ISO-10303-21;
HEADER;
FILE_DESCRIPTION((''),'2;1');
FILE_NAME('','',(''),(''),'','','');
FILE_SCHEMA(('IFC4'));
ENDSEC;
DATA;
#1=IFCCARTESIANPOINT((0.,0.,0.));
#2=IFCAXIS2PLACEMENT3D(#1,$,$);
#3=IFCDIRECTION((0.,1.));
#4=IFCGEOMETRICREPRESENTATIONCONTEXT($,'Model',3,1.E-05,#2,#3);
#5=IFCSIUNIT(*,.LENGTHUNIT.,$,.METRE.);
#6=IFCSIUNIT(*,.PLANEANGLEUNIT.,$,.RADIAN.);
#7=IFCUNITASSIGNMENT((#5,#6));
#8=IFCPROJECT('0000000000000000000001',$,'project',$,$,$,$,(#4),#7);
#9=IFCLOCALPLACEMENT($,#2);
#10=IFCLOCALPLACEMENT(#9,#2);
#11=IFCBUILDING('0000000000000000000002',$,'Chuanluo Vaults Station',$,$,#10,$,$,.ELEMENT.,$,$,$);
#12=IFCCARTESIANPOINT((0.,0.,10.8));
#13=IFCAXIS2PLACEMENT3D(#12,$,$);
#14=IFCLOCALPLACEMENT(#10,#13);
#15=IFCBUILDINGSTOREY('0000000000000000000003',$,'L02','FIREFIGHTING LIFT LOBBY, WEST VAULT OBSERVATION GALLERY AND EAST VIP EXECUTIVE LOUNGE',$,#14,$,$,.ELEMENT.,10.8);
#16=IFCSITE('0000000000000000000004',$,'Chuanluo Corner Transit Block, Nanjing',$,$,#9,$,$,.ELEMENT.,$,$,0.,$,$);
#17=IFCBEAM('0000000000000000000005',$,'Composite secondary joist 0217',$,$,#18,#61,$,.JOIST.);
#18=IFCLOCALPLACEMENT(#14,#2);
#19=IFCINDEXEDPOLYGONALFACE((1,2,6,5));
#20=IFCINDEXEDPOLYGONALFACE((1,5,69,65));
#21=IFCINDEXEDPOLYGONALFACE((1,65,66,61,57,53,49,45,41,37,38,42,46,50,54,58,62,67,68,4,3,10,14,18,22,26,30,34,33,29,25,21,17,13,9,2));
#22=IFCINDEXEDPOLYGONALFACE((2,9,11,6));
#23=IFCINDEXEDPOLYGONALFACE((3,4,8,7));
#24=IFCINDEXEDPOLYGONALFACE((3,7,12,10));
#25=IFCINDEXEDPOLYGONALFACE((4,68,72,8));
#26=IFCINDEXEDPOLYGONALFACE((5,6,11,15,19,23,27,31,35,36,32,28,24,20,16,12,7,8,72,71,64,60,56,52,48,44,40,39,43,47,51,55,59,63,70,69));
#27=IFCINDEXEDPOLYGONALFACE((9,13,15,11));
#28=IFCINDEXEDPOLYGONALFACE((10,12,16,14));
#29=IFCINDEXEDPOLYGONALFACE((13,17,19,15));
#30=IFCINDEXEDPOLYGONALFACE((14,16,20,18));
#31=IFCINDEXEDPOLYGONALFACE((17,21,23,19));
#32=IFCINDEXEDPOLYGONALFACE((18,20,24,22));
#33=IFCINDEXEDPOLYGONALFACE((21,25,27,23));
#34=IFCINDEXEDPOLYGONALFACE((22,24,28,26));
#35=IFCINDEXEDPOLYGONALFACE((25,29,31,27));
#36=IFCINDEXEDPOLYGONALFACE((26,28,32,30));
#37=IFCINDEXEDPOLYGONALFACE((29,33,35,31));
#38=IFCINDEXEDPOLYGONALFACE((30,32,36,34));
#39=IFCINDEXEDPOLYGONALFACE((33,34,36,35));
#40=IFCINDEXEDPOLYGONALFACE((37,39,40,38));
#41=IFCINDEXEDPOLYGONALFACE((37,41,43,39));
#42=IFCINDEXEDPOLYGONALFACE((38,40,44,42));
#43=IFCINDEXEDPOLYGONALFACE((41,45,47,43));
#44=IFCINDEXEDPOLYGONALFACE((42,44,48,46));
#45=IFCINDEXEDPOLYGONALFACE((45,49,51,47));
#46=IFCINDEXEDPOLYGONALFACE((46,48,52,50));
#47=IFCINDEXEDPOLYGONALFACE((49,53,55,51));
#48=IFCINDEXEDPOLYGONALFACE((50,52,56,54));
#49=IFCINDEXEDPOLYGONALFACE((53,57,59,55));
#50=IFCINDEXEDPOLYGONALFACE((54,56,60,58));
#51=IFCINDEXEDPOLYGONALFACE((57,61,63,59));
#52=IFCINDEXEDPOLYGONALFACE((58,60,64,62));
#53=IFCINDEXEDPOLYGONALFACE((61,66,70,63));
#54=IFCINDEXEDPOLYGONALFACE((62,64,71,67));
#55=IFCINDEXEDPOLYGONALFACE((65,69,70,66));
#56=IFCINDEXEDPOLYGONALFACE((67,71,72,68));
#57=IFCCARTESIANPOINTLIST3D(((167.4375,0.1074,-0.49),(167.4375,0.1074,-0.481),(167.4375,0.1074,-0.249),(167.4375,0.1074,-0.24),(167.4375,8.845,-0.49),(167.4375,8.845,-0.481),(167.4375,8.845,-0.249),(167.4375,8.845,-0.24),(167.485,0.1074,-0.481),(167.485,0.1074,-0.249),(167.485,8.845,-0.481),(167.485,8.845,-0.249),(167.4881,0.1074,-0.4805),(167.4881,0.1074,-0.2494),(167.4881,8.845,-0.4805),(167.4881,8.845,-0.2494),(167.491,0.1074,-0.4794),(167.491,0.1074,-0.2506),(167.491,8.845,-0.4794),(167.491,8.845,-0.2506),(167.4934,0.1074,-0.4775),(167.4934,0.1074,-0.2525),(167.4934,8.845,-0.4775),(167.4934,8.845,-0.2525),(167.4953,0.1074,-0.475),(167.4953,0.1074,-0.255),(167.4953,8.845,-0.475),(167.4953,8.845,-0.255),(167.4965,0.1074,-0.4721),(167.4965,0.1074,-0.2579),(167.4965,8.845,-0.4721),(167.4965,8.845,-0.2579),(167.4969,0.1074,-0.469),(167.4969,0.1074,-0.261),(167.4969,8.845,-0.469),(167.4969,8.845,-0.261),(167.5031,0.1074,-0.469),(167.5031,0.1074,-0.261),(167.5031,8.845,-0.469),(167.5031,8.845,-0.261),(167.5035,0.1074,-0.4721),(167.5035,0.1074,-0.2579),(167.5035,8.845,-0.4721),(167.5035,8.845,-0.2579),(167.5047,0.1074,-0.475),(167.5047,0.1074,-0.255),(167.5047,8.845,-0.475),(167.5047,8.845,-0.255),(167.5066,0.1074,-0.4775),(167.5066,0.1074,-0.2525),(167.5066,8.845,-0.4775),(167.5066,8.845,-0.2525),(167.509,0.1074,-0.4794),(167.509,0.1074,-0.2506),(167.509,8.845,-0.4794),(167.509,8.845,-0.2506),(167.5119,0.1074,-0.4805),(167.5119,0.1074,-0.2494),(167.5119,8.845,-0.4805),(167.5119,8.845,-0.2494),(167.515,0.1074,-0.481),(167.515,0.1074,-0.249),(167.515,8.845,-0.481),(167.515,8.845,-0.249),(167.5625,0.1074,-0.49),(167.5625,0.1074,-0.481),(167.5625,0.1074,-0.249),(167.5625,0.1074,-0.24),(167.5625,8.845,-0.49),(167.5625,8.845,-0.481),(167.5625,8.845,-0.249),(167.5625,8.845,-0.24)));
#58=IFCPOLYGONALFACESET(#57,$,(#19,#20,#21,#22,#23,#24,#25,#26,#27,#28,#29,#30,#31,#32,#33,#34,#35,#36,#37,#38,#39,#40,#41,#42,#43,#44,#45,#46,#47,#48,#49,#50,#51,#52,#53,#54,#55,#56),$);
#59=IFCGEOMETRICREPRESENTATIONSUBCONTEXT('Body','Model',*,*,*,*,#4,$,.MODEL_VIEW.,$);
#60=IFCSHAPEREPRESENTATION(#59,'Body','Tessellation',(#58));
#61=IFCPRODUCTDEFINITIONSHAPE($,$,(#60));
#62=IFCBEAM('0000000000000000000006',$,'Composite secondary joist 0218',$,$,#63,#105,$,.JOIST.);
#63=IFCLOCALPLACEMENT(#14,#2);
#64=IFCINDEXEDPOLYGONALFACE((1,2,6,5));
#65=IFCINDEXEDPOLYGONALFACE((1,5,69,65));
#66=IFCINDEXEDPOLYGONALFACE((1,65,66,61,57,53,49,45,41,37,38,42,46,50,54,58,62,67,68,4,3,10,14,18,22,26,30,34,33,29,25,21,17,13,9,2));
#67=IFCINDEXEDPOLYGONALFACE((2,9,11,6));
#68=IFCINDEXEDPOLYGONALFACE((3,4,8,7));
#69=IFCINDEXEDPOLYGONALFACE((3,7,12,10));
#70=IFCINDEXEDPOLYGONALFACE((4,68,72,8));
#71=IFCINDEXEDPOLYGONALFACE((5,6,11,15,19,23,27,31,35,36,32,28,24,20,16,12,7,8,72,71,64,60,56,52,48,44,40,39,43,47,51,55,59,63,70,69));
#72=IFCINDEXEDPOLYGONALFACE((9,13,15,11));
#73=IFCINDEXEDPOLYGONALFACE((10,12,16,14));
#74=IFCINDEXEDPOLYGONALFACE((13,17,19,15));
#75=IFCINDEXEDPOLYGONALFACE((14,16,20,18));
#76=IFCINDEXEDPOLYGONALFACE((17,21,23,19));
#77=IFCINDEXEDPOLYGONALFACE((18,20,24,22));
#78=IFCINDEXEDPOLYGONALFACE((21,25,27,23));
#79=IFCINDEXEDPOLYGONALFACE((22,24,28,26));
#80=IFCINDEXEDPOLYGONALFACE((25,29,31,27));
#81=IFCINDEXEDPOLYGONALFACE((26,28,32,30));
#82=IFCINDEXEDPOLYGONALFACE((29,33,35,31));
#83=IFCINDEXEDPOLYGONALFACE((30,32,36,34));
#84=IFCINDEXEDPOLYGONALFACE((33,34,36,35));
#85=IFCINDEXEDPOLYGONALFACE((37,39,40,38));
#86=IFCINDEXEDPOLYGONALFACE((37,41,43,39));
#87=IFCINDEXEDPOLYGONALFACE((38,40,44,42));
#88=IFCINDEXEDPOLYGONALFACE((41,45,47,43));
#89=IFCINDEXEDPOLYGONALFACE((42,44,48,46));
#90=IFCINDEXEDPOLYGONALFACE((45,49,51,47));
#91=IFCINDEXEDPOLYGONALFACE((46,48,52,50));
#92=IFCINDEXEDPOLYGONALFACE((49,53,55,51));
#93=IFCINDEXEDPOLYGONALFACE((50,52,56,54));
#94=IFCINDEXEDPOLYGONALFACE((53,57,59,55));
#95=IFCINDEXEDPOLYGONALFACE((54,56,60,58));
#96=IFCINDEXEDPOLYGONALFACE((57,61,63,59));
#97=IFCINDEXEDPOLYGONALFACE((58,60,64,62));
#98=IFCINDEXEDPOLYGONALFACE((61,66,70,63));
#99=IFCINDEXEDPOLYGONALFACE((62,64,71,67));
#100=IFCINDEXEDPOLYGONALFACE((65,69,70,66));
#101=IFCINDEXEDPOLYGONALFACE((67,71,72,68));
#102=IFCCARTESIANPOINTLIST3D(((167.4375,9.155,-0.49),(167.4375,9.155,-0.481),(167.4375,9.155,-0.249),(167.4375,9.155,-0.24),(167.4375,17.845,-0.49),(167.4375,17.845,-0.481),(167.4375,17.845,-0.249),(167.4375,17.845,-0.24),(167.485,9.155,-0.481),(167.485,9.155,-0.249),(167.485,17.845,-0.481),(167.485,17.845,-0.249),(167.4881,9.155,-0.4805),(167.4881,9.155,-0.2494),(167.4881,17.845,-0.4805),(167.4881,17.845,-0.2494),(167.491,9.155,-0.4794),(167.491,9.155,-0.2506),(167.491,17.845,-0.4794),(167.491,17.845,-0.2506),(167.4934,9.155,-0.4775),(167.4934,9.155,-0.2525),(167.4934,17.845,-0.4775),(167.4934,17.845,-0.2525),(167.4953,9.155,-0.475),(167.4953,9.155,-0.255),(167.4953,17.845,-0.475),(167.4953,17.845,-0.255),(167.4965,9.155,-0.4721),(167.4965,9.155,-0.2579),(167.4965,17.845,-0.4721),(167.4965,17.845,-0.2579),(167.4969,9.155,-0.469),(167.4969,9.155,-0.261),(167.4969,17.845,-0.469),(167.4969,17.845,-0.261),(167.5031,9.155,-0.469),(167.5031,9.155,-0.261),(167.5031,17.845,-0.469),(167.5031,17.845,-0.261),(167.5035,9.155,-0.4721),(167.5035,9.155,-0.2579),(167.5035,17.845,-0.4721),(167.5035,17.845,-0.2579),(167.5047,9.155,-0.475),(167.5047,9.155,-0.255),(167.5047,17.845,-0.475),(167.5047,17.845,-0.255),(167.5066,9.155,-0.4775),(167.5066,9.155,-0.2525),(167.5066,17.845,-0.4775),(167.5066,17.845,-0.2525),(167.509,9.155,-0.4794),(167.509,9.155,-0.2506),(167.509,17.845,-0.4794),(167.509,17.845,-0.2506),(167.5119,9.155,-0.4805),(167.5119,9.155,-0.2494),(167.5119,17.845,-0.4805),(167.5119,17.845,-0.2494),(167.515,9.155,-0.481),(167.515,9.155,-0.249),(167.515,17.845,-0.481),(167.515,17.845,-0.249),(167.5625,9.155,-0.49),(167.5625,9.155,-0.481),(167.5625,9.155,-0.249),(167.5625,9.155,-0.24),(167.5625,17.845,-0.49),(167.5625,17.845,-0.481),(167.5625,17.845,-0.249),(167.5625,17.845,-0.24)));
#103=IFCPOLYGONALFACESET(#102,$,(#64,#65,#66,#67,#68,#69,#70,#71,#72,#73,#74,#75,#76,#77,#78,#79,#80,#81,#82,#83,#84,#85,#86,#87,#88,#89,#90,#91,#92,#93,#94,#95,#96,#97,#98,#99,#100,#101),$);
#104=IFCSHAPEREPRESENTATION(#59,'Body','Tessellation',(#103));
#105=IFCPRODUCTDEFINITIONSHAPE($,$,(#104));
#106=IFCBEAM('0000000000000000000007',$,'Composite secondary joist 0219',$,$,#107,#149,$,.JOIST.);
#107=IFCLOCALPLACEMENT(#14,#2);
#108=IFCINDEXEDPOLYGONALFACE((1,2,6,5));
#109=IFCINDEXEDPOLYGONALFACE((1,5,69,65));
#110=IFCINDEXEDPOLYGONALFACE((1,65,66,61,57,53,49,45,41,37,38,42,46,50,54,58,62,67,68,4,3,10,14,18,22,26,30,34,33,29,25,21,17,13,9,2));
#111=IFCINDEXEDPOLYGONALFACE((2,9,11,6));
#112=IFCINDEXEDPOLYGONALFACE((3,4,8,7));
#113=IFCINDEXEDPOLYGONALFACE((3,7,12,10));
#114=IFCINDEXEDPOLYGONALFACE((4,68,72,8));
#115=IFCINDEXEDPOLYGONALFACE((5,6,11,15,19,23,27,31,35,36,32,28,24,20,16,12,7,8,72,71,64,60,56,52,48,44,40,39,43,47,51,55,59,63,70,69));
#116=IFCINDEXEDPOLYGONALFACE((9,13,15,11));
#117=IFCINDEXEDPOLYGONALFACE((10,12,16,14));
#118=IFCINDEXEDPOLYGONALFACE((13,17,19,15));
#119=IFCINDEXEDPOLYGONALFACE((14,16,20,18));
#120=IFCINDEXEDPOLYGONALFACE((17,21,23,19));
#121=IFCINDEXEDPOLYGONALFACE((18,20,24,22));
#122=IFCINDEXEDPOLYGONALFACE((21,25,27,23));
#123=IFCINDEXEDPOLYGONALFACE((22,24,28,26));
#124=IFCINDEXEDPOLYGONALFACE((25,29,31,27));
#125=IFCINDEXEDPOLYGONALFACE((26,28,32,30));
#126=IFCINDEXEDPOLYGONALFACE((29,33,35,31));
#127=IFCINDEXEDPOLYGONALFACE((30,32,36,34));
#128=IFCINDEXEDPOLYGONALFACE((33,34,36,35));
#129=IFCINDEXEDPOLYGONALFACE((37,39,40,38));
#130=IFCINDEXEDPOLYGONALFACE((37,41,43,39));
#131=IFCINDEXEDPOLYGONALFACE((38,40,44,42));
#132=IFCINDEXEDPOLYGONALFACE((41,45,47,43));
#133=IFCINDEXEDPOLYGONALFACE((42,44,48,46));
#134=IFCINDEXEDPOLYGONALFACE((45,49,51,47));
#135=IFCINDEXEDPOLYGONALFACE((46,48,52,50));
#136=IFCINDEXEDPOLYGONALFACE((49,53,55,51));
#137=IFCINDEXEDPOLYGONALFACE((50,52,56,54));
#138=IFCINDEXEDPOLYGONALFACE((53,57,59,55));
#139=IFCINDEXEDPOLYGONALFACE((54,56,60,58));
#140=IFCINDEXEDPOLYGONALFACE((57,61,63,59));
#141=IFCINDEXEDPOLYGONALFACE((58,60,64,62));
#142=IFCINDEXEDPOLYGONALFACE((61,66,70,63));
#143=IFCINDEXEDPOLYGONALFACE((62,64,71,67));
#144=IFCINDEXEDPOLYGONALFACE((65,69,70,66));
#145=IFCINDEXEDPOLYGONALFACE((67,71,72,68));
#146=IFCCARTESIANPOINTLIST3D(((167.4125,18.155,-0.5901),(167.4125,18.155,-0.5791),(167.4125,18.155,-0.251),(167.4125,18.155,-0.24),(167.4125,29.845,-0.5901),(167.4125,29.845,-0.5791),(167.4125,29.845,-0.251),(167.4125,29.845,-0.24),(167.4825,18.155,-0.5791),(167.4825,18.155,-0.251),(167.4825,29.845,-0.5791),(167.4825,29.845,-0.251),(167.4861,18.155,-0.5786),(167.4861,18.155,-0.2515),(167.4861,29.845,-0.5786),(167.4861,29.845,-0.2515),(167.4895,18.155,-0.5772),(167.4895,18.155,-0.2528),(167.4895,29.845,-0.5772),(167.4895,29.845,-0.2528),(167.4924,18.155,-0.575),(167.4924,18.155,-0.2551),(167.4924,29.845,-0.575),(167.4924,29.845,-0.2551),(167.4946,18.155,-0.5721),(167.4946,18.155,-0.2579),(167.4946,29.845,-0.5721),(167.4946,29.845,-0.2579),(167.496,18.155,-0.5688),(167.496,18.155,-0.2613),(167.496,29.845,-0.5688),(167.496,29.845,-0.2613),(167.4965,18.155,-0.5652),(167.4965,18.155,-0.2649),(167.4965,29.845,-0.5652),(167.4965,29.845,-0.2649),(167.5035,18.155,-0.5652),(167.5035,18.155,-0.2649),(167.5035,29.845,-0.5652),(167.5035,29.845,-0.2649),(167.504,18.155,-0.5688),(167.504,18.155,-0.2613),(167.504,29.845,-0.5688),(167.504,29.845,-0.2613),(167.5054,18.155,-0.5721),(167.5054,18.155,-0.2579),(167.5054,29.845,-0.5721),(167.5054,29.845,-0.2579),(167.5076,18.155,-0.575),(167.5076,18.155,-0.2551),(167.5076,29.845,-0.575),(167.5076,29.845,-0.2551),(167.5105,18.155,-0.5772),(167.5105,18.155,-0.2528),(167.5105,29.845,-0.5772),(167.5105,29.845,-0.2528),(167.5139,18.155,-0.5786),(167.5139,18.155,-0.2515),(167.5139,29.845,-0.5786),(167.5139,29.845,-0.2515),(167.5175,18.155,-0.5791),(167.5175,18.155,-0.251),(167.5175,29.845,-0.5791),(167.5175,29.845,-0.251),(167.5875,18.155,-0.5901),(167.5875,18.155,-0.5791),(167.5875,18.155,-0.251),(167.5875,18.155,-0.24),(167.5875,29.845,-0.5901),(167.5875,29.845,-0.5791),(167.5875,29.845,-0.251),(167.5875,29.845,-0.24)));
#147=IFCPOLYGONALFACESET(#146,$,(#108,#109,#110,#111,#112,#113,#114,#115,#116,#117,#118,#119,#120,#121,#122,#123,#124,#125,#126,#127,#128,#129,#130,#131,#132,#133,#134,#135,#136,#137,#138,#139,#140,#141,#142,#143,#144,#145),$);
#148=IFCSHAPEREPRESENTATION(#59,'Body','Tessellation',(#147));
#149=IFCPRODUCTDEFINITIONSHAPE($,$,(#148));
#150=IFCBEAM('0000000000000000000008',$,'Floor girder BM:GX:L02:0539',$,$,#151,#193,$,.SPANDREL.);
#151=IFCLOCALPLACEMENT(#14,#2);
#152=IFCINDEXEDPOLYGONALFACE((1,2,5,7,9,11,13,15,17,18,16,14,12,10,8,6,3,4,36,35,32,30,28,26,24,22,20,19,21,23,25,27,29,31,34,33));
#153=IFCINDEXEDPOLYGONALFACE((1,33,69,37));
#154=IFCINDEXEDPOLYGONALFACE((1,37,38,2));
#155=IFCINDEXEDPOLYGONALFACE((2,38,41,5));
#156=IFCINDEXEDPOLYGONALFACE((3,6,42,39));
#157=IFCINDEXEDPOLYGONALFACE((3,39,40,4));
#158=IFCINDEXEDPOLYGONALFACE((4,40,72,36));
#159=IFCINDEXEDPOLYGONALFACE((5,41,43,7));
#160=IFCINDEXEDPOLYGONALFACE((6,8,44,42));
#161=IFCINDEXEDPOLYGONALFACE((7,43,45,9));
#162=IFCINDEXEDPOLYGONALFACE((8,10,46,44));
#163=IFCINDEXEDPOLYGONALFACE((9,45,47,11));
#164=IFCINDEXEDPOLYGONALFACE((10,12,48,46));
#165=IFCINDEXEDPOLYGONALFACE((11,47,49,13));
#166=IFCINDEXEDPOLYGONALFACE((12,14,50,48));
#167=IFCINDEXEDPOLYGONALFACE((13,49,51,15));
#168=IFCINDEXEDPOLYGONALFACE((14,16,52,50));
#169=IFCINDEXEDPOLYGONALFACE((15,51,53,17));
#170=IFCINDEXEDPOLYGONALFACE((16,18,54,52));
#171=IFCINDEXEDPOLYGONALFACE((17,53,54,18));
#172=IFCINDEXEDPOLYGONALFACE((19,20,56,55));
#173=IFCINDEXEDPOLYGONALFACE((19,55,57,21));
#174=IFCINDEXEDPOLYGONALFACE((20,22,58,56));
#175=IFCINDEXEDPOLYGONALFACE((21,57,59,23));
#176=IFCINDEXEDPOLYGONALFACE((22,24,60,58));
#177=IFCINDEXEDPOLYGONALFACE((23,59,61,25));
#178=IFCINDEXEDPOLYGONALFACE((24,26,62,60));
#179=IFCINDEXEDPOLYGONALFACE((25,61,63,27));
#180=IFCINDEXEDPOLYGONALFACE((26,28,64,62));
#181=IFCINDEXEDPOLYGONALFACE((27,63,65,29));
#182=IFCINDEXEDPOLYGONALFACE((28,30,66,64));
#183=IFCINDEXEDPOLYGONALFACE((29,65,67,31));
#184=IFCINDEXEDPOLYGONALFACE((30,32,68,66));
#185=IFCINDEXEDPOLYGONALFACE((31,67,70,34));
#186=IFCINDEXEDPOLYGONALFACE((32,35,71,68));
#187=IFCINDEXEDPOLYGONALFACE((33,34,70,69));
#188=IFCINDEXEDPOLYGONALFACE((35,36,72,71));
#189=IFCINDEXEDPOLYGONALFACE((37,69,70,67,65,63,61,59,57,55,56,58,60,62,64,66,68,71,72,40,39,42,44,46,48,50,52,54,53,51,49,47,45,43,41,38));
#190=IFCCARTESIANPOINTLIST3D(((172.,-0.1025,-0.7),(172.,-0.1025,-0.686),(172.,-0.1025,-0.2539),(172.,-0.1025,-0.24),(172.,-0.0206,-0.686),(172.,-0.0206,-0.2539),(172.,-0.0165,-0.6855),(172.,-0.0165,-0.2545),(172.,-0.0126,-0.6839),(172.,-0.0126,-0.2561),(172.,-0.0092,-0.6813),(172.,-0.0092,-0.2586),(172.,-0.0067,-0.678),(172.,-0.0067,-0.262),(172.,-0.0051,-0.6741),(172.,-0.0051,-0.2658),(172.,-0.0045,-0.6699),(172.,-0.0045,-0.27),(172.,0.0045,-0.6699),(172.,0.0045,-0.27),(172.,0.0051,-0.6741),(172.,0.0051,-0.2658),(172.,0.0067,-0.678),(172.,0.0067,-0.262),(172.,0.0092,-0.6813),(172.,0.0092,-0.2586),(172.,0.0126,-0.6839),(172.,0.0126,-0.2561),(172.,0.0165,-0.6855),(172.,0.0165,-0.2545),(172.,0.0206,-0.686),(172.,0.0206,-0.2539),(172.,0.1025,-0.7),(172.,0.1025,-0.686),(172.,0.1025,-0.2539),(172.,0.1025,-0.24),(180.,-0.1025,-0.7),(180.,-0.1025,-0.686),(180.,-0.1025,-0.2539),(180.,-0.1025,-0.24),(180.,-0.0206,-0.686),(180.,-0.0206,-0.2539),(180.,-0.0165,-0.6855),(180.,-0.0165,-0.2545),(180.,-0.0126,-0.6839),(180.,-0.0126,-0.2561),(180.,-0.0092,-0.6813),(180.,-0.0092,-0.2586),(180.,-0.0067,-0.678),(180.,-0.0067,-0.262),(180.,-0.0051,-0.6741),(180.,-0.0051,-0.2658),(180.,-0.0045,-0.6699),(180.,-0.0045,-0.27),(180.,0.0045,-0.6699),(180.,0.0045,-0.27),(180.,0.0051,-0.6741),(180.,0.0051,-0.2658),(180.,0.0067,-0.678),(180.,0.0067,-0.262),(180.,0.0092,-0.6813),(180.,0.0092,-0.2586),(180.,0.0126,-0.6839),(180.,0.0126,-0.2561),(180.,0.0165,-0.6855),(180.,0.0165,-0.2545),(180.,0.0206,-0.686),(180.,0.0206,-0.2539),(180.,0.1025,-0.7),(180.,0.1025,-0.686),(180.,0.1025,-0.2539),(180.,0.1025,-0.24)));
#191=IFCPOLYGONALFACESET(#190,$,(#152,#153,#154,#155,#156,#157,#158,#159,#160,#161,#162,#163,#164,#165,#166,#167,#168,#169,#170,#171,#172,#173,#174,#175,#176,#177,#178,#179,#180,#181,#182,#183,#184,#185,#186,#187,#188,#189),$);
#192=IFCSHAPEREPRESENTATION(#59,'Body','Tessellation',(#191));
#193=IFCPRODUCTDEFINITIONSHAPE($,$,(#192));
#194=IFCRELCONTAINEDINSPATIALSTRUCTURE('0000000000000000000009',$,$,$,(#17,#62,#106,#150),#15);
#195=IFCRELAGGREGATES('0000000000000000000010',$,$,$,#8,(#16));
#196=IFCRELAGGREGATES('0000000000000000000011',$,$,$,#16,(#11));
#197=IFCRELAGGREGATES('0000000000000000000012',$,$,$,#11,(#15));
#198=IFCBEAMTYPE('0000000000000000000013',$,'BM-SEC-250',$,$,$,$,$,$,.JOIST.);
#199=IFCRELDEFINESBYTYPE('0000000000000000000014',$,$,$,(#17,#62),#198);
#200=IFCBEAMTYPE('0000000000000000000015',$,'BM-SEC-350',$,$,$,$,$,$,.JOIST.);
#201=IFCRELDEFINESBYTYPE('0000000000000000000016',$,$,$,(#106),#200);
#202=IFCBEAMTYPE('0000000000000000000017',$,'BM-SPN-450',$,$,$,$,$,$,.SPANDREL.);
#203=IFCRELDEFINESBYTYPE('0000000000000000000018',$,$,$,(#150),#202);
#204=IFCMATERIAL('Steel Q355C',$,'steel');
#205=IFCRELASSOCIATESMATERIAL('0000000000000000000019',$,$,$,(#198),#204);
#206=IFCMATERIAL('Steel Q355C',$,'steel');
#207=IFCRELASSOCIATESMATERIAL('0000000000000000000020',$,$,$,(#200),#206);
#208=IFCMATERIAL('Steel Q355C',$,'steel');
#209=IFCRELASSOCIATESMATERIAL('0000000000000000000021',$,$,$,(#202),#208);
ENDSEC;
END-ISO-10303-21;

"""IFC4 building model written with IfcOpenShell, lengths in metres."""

from ifc_helpers import new_model, si_unit, direction, frame, origin, origin_2d, place, context, subcontext, project, spatial, i_section, extrude, material, material_profile, profile_set, type_object, element, save


model = new_model("IFC4")

# Units and contexts
model_context = context("Model", 3, precision=1e-05, world=origin(), true_north=direction((0.0, 1.0)))
body_context = subcontext(model_context, "Body", "Model", "MODEL_VIEW")
ifc_project = project(units=[si_unit("LENGTHUNIT", "METRE"), si_unit("PLANEANGLEUNIT", "RADIAN")], contexts=[model_context])

# Site, building, storey
site_placement = place(None, origin())
site = spatial("IfcSite", under=ifc_project, at=site_placement, Name="Chuanluo Corner Transit Block, Nanjing", CompositionType="ELEMENT", RefElevation=0.0)
building_placement = place(site_placement, origin())
building = spatial("IfcBuilding", under=site, at=building_placement, Name="Chuanluo Vaults Station", CompositionType="ELEMENT")
storey_placement = place(building_placement, frame((0.0, 0.0, 10.8)))
storey = spatial("IfcBuildingStorey", under=building, at=storey_placement, Name="L02", Description="FIREFIGHTING LIFT LOBBY, WEST VAULT OBSERVATION GALLERY AND EAST VIP EXECUTIVE LOUNGE", CompositionType="ELEMENT", Elevation=10.8)

# Beams
ifc_material_1 = material(Name="Steel Q355C", Category="steel")
ifc_material_profile_1 = material_profile(ifc_material_1, i_section(OverallWidth=0.125, OverallDepth=0.25, WebThickness=0.0061, FlangeThickness=0.009, FilletRadius=0.012, at=origin_2d()))
ifc_profile_set_1 = profile_set([ifc_material_profile_1], Name="Steel Q355C")
beam_type_1 = type_object("IfcBeamType", Name="BM-SEC-250", PredefinedType="JOIST", material=ifc_profile_set_1)
beam_1_placement = place(storey_placement, frame((167.5, 0.1074, -0.365), z_axis=(0.0, 1.0, 0.0), x_axis=(-1.0, 0.0, 0.0)))
element("IfcBeam", 1, at=beam_1_placement, inside=storey, type_object=beam_type_1, Name="Composite secondary joist 0217", PredefinedType="JOIST", context=body_context, shape_type="SweptSolid", body=[
    extrude(i_section(OverallWidth=0.125, OverallDepth=0.25, WebThickness=0.0061, FlangeThickness=0.009, FilletRadius=0.012, at=origin_2d()), origin(), (0.0, 0.0, 1.0), 8.7375),
])
beam_2_placement = place(storey_placement, frame((167.5, 9.155, -0.365), z_axis=(0.0, 1.0, 0.0), x_axis=(-1.0, 0.0, 0.0)))
element("IfcBeam", 2, at=beam_2_placement, inside=storey, type_object=beam_type_1, Name="Composite secondary joist 0218", PredefinedType="JOIST", context=body_context, shape_type="SweptSolid", body=[
    extrude(i_section(OverallWidth=0.125, OverallDepth=0.25, WebThickness=0.0061, FlangeThickness=0.009, FilletRadius=0.012, at=origin_2d()), origin(), (0.0, 0.0, 1.0), 8.6899),
])
ifc_material_2 = material(Name="Steel Q355C", Category="steel")
ifc_material_profile_2 = material_profile(ifc_material_2, i_section(OverallWidth=0.175, OverallDepth=0.3501, WebThickness=0.0071, FlangeThickness=0.011, FilletRadius=0.0139, at=origin_2d()))
ifc_profile_set_2 = profile_set([ifc_material_profile_2], Name="Steel Q355C")
beam_type_2 = type_object("IfcBeamType", Name="BM-SEC-350", PredefinedType="JOIST", material=ifc_profile_set_2)
beam_3_placement = place(storey_placement, frame((167.5, 18.155, -0.415), z_axis=(0.0, 1.0, 0.0), x_axis=(-1.0, 0.0, 0.0)))
element("IfcBeam", 3, at=beam_3_placement, inside=storey, type_object=beam_type_2, Name="Composite secondary joist 0219", PredefinedType="JOIST", context=body_context, shape_type="SweptSolid", body=[
    extrude(i_section(OverallWidth=0.175, OverallDepth=0.3501, WebThickness=0.0071, FlangeThickness=0.011, FilletRadius=0.0139, at=origin_2d()), origin(), (0.0, 0.0, 1.0), 11.6899),
])
ifc_material_3 = material(Name="Steel Q355C", Category="steel")
ifc_material_profile_3 = material_profile(ifc_material_3, i_section(OverallWidth=0.2051, OverallDepth=0.46, WebThickness=0.009, FlangeThickness=0.0139, FilletRadius=0.0161, at=origin_2d()))
ifc_profile_set_3 = profile_set([ifc_material_profile_3], Name="Steel Q355C")
beam_type_3 = type_object("IfcBeamType", Name="BM-SPN-450", PredefinedType="SPANDREL", material=ifc_profile_set_3)
beam_4_placement = place(storey_placement, frame((172.0, 0.0, -0.47), z_axis=(1.0, 0.0, 0.0), x_axis=(0.0, 1.0, 0.0)))
element("IfcBeam", 4, at=beam_4_placement, inside=storey, type_object=beam_type_3, Name="Floor girder BM:GX:L02:0539", PredefinedType="SPANDREL", context=body_context, shape_type="SweptSolid", body=[
    extrude(i_section(OverallWidth=0.2051, OverallDepth=0.46, WebThickness=0.009, FlangeThickness=0.0139, FilletRadius=0.0161, at=origin_2d()), origin(), (0.0, 0.0, 1.0), 8.0),
])

save(model, "model.ifc")
